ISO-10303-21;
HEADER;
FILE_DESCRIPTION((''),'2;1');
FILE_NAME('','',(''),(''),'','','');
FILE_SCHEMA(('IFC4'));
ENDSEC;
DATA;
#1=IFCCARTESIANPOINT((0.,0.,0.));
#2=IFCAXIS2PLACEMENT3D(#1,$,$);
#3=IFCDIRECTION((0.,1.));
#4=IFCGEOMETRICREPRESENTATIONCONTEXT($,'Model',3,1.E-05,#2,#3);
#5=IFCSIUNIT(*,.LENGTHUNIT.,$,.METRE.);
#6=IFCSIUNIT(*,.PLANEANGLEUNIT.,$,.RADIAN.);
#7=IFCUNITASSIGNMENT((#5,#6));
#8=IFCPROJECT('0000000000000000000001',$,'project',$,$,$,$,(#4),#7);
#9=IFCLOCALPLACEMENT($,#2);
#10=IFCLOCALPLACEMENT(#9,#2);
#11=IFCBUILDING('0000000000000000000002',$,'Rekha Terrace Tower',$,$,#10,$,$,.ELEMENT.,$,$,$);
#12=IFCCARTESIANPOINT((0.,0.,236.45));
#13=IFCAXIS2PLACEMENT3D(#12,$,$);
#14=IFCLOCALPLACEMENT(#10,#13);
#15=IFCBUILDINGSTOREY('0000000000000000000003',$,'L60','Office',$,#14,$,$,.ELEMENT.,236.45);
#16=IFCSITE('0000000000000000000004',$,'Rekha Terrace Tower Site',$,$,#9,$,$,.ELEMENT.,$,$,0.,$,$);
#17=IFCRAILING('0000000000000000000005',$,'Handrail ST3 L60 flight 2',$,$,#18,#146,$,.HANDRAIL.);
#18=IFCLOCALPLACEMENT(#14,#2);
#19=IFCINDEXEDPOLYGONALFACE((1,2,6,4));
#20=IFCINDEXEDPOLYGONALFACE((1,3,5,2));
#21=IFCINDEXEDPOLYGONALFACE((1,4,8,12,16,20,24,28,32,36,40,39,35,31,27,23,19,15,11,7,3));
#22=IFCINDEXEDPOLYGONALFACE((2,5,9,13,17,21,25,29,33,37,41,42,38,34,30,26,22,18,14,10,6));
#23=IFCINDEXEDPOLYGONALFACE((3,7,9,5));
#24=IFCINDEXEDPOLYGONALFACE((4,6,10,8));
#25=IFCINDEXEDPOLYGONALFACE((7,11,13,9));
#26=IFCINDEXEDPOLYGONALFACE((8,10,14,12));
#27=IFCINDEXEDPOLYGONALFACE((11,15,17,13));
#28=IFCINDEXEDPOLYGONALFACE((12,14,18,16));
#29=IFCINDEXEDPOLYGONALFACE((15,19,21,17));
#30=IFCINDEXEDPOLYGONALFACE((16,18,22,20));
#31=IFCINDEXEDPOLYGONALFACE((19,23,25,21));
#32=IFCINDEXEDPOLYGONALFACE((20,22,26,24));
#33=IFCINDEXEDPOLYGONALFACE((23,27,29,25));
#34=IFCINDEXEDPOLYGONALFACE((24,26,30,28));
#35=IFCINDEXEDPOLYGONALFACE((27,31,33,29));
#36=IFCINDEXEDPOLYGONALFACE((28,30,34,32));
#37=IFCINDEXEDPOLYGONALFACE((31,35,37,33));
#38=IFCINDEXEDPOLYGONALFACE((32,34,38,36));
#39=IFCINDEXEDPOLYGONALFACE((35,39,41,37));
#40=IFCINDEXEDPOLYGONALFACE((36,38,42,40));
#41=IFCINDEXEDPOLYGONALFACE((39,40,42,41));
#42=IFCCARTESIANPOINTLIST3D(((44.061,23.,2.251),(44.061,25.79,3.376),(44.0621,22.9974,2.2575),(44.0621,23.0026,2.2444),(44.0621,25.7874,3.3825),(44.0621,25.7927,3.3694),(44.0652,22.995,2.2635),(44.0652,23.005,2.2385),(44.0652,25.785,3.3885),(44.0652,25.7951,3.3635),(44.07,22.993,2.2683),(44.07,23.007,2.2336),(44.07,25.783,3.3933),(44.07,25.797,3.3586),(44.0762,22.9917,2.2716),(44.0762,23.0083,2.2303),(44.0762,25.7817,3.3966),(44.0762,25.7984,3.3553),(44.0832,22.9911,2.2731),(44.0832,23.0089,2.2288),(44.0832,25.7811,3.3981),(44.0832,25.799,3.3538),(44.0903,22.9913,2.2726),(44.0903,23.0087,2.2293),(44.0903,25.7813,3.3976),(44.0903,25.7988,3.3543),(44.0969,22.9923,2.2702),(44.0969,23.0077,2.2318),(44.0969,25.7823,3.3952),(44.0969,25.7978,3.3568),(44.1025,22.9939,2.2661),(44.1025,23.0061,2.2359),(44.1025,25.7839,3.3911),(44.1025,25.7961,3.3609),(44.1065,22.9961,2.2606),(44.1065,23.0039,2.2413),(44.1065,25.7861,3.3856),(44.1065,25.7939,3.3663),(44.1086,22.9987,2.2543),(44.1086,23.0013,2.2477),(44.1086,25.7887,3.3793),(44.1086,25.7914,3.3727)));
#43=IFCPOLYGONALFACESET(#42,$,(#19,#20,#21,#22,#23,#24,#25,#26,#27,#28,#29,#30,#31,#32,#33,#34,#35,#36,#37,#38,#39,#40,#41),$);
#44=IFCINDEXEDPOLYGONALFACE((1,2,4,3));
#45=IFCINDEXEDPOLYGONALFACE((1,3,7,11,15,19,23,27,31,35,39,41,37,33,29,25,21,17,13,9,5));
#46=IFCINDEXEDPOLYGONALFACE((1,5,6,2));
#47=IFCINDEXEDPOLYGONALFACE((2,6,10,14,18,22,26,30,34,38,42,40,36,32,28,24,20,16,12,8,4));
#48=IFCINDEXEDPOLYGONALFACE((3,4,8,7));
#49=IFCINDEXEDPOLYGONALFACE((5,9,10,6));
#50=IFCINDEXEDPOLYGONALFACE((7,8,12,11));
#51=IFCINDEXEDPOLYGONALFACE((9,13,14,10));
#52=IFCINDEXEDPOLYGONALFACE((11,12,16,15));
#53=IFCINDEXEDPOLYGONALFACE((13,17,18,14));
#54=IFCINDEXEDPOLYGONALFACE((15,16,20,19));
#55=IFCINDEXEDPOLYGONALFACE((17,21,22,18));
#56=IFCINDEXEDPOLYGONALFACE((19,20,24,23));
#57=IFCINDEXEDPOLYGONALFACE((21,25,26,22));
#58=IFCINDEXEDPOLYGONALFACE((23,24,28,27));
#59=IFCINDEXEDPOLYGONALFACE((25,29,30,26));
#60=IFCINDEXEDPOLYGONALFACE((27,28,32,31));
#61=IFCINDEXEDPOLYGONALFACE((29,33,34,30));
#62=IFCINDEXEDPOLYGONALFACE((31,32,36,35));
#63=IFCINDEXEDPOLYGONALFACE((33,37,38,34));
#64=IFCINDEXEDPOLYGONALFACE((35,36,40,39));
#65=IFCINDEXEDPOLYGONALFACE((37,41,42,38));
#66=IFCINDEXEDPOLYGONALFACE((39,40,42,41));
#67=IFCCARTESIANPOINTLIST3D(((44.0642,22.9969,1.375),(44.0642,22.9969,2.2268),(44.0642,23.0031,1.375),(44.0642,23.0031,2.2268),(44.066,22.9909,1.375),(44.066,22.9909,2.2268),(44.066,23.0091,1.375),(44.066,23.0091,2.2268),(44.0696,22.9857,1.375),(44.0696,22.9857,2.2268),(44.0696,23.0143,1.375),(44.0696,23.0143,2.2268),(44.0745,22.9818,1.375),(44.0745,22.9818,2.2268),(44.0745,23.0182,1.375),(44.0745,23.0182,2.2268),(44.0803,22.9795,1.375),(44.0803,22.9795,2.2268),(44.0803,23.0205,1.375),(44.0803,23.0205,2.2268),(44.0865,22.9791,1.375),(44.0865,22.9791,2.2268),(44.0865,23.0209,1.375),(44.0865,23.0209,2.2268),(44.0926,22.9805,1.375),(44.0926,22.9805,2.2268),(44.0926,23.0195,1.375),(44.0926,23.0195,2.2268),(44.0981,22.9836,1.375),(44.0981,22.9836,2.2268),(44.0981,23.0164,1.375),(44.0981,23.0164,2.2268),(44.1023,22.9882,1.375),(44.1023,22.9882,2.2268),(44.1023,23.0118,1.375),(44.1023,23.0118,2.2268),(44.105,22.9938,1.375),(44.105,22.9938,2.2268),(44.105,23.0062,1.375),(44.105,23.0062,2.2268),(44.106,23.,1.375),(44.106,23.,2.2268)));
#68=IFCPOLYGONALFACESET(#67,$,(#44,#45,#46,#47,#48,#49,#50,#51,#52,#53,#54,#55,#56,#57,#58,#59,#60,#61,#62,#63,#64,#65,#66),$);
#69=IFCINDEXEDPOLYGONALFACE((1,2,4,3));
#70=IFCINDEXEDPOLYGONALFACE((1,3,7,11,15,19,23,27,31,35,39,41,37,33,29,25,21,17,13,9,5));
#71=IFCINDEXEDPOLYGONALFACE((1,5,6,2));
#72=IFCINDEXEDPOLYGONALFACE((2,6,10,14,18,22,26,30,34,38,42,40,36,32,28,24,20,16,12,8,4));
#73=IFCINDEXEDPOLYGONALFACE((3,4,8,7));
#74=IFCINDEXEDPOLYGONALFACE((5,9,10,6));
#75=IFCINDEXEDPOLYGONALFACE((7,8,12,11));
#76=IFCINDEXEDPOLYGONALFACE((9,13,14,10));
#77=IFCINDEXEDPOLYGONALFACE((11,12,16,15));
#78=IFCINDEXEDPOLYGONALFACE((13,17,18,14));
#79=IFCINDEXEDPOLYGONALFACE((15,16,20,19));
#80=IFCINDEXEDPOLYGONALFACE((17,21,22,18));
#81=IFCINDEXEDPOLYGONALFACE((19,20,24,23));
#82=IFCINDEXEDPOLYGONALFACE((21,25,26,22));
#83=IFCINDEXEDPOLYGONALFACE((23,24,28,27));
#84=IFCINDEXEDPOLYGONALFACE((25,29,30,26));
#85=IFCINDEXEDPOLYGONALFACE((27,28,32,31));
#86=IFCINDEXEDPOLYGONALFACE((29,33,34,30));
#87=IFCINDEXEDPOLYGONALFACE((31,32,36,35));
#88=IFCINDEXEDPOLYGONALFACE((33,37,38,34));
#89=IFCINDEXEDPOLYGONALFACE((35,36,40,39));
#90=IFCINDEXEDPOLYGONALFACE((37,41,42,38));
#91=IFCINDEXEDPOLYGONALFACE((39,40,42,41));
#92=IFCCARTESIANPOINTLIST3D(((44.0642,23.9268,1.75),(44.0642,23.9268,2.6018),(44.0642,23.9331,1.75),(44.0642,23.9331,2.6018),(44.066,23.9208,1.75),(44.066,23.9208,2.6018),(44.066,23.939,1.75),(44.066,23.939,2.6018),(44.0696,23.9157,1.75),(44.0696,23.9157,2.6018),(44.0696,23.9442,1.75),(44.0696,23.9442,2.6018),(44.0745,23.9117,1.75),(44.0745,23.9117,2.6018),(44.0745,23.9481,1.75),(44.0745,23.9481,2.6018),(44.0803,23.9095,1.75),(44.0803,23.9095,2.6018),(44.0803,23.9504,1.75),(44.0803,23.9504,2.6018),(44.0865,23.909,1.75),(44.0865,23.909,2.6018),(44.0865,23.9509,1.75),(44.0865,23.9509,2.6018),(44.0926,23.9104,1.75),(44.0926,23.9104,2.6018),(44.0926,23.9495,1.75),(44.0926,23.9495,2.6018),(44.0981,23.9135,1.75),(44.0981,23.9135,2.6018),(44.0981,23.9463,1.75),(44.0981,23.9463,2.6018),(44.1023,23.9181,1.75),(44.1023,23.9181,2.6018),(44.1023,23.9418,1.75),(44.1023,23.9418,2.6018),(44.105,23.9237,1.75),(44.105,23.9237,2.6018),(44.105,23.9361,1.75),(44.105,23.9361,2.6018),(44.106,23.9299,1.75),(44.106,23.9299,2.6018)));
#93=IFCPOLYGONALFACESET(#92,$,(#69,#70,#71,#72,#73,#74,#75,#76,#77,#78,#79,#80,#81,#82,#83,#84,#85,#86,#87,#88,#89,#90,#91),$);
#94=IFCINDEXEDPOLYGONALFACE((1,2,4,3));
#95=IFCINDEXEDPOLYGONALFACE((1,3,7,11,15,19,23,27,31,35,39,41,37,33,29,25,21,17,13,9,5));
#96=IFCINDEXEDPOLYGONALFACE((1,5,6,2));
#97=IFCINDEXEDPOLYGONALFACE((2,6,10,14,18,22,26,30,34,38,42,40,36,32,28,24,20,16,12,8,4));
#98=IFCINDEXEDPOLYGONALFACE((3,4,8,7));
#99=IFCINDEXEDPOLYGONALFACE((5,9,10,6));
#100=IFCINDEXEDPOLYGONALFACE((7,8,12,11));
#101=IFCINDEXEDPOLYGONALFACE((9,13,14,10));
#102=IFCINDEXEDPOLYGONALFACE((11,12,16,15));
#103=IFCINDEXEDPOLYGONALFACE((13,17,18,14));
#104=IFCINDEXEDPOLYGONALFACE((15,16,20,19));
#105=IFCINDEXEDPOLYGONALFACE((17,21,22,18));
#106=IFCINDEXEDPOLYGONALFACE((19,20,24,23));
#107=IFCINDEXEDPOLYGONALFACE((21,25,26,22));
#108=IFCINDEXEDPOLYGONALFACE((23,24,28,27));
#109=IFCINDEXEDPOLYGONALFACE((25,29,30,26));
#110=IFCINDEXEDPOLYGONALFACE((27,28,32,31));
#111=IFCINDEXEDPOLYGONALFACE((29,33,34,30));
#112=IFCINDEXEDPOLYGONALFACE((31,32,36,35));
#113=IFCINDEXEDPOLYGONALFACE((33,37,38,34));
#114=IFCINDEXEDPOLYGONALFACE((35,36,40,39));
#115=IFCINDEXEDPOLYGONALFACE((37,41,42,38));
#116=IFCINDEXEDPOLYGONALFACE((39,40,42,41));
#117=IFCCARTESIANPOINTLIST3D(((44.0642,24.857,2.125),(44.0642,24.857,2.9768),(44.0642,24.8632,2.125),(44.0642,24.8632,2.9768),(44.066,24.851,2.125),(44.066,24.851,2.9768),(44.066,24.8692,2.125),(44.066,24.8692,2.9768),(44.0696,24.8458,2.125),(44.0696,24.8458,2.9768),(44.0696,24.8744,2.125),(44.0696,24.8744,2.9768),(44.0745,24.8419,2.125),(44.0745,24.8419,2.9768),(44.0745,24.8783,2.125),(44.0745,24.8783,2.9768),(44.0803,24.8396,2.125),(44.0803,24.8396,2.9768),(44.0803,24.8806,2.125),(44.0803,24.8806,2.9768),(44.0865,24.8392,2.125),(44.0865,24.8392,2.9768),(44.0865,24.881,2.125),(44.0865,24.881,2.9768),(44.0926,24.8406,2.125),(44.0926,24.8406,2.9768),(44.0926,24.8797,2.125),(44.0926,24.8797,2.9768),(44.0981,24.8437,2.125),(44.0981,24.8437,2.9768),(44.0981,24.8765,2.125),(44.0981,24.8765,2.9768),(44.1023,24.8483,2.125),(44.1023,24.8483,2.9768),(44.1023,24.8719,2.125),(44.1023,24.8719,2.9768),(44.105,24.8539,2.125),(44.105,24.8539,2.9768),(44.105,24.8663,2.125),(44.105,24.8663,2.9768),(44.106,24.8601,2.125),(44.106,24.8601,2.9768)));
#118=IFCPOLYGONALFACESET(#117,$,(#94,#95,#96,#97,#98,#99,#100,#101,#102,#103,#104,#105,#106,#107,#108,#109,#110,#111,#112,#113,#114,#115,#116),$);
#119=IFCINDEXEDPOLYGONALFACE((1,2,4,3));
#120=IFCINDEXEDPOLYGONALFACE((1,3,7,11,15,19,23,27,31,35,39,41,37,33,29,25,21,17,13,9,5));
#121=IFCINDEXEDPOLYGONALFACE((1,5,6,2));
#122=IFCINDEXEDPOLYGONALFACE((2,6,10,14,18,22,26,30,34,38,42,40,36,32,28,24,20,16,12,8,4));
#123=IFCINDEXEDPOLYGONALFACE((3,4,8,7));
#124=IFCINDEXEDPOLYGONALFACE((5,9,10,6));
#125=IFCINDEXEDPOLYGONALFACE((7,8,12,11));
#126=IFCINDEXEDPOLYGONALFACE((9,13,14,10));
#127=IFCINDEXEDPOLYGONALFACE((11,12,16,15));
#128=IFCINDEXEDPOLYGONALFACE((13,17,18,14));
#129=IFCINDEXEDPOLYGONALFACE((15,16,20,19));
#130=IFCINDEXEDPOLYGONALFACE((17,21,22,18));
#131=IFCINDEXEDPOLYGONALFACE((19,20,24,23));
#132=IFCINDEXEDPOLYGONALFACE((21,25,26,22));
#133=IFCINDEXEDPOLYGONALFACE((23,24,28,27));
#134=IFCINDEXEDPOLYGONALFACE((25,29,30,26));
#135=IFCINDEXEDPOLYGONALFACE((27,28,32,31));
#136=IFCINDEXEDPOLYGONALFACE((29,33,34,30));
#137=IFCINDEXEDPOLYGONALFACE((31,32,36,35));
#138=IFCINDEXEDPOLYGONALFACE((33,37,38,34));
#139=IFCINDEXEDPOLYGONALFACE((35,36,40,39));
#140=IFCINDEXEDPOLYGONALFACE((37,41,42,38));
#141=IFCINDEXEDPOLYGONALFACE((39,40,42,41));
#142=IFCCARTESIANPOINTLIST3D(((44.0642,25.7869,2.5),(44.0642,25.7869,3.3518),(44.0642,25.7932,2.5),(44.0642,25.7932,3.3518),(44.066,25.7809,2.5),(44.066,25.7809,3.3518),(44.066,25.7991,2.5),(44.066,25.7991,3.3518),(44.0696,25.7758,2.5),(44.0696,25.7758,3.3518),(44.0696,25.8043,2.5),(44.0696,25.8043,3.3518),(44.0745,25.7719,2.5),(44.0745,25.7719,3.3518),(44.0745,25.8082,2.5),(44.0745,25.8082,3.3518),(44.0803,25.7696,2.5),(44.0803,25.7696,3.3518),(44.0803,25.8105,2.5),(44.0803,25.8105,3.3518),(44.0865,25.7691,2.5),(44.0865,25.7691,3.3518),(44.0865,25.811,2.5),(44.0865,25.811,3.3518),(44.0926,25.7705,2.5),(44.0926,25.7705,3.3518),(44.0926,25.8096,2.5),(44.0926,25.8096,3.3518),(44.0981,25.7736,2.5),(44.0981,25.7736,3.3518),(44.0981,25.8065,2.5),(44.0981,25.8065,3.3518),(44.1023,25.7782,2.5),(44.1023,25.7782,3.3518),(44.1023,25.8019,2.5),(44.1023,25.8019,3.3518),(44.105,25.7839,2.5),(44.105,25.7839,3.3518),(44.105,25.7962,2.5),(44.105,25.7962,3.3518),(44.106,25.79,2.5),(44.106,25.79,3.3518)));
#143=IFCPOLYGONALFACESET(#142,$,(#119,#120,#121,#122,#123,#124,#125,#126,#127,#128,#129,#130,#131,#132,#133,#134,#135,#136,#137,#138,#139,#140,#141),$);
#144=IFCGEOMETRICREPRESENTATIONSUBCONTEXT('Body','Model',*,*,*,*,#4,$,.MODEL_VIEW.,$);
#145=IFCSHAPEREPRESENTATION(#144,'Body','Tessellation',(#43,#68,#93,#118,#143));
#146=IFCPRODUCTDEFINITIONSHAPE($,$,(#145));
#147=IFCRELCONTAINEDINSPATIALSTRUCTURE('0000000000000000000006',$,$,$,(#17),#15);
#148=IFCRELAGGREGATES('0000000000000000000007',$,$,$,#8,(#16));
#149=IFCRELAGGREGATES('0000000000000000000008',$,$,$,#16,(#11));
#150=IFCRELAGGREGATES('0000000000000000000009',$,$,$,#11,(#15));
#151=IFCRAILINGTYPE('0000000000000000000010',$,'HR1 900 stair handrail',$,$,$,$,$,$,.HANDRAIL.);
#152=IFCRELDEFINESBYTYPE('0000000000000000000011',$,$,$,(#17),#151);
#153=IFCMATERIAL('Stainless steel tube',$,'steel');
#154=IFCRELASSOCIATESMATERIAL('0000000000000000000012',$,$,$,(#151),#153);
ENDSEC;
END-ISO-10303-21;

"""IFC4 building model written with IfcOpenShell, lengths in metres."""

from ifc_helpers import new_model, si_unit, direction, frame, origin, origin_2d, place, context, subcontext, project, spatial, circle, extrude, material, type_object, element, save


model = new_model("IFC4")

# Units and contexts
model_context = context("Model", 3, precision=1e-05, world=origin(), true_north=direction((0.0, 1.0)))
body_context = subcontext(model_context, "Body", "Model", "MODEL_VIEW")
ifc_project = project(units=[si_unit("LENGTHUNIT", "METRE"), si_unit("PLANEANGLEUNIT", "RADIAN")], contexts=[model_context])

# Site, building, storey
site_placement = place(None, origin())
site = spatial("IfcSite", under=ifc_project, at=site_placement, Name="Rekha Terrace Tower Site", CompositionType="ELEMENT", RefElevation=0.0)
building_placement = place(site_placement, origin())
building = spatial("IfcBuilding", under=site, at=building_placement, Name="Rekha Terrace Tower", CompositionType="ELEMENT")
storey_placement = place(building_placement, frame((0.0, 0.0, 236.45)))
storey = spatial("IfcBuildingStorey", under=building, at=storey_placement, Name="L60", Description="Office", CompositionType="ELEMENT", Elevation=236.45)

# Railing
ifc_material_1 = material(Name="Stainless steel tube", Category="steel")
railing_type = type_object("IfcRailingType", Name="HR1 900 stair handrail", PredefinedType="HANDRAIL", material=ifc_material_1)
railing_placement = place(storey_placement, frame((44.085, 23.0, 1.375)))
element("IfcRailing", 1, at=railing_placement, inside=storey, type_object=railing_type, Name="Handrail ST3 L60 flight 2", PredefinedType="HANDRAIL", context=body_context, shape_type="SweptSolid", body=[
    extrude(circle(Radius=0.0239, at=origin_2d()), frame((0.0, 0.0, 0.876), z_axis=(0.0, 0.927443, 0.373964), x_axis=(-1.0, 0.0, 0.0)), (0.0, 0.0, 1.0), 3.0083),
    extrude(circle(Radius=0.021, at=origin_2d()), origin(), (0.0, 0.0, 1.0), 0.8518),
    extrude(circle(Radius=0.021, at=origin_2d()), frame((0.0, 0.9299, 0.375)), (0.0, 0.0, 1.0), 0.8518),
    extrude(circle(Radius=0.021, at=origin_2d()), frame((0.0, 1.8601, 0.75)), (0.0, 0.0, 1.0), 0.8518),
    extrude(circle(Radius=0.021, at=origin_2d()), frame((0.0, 2.79, 1.125)), (0.0, 0.0, 1.0), 0.8518),
])

save(model, "model.ifc")
